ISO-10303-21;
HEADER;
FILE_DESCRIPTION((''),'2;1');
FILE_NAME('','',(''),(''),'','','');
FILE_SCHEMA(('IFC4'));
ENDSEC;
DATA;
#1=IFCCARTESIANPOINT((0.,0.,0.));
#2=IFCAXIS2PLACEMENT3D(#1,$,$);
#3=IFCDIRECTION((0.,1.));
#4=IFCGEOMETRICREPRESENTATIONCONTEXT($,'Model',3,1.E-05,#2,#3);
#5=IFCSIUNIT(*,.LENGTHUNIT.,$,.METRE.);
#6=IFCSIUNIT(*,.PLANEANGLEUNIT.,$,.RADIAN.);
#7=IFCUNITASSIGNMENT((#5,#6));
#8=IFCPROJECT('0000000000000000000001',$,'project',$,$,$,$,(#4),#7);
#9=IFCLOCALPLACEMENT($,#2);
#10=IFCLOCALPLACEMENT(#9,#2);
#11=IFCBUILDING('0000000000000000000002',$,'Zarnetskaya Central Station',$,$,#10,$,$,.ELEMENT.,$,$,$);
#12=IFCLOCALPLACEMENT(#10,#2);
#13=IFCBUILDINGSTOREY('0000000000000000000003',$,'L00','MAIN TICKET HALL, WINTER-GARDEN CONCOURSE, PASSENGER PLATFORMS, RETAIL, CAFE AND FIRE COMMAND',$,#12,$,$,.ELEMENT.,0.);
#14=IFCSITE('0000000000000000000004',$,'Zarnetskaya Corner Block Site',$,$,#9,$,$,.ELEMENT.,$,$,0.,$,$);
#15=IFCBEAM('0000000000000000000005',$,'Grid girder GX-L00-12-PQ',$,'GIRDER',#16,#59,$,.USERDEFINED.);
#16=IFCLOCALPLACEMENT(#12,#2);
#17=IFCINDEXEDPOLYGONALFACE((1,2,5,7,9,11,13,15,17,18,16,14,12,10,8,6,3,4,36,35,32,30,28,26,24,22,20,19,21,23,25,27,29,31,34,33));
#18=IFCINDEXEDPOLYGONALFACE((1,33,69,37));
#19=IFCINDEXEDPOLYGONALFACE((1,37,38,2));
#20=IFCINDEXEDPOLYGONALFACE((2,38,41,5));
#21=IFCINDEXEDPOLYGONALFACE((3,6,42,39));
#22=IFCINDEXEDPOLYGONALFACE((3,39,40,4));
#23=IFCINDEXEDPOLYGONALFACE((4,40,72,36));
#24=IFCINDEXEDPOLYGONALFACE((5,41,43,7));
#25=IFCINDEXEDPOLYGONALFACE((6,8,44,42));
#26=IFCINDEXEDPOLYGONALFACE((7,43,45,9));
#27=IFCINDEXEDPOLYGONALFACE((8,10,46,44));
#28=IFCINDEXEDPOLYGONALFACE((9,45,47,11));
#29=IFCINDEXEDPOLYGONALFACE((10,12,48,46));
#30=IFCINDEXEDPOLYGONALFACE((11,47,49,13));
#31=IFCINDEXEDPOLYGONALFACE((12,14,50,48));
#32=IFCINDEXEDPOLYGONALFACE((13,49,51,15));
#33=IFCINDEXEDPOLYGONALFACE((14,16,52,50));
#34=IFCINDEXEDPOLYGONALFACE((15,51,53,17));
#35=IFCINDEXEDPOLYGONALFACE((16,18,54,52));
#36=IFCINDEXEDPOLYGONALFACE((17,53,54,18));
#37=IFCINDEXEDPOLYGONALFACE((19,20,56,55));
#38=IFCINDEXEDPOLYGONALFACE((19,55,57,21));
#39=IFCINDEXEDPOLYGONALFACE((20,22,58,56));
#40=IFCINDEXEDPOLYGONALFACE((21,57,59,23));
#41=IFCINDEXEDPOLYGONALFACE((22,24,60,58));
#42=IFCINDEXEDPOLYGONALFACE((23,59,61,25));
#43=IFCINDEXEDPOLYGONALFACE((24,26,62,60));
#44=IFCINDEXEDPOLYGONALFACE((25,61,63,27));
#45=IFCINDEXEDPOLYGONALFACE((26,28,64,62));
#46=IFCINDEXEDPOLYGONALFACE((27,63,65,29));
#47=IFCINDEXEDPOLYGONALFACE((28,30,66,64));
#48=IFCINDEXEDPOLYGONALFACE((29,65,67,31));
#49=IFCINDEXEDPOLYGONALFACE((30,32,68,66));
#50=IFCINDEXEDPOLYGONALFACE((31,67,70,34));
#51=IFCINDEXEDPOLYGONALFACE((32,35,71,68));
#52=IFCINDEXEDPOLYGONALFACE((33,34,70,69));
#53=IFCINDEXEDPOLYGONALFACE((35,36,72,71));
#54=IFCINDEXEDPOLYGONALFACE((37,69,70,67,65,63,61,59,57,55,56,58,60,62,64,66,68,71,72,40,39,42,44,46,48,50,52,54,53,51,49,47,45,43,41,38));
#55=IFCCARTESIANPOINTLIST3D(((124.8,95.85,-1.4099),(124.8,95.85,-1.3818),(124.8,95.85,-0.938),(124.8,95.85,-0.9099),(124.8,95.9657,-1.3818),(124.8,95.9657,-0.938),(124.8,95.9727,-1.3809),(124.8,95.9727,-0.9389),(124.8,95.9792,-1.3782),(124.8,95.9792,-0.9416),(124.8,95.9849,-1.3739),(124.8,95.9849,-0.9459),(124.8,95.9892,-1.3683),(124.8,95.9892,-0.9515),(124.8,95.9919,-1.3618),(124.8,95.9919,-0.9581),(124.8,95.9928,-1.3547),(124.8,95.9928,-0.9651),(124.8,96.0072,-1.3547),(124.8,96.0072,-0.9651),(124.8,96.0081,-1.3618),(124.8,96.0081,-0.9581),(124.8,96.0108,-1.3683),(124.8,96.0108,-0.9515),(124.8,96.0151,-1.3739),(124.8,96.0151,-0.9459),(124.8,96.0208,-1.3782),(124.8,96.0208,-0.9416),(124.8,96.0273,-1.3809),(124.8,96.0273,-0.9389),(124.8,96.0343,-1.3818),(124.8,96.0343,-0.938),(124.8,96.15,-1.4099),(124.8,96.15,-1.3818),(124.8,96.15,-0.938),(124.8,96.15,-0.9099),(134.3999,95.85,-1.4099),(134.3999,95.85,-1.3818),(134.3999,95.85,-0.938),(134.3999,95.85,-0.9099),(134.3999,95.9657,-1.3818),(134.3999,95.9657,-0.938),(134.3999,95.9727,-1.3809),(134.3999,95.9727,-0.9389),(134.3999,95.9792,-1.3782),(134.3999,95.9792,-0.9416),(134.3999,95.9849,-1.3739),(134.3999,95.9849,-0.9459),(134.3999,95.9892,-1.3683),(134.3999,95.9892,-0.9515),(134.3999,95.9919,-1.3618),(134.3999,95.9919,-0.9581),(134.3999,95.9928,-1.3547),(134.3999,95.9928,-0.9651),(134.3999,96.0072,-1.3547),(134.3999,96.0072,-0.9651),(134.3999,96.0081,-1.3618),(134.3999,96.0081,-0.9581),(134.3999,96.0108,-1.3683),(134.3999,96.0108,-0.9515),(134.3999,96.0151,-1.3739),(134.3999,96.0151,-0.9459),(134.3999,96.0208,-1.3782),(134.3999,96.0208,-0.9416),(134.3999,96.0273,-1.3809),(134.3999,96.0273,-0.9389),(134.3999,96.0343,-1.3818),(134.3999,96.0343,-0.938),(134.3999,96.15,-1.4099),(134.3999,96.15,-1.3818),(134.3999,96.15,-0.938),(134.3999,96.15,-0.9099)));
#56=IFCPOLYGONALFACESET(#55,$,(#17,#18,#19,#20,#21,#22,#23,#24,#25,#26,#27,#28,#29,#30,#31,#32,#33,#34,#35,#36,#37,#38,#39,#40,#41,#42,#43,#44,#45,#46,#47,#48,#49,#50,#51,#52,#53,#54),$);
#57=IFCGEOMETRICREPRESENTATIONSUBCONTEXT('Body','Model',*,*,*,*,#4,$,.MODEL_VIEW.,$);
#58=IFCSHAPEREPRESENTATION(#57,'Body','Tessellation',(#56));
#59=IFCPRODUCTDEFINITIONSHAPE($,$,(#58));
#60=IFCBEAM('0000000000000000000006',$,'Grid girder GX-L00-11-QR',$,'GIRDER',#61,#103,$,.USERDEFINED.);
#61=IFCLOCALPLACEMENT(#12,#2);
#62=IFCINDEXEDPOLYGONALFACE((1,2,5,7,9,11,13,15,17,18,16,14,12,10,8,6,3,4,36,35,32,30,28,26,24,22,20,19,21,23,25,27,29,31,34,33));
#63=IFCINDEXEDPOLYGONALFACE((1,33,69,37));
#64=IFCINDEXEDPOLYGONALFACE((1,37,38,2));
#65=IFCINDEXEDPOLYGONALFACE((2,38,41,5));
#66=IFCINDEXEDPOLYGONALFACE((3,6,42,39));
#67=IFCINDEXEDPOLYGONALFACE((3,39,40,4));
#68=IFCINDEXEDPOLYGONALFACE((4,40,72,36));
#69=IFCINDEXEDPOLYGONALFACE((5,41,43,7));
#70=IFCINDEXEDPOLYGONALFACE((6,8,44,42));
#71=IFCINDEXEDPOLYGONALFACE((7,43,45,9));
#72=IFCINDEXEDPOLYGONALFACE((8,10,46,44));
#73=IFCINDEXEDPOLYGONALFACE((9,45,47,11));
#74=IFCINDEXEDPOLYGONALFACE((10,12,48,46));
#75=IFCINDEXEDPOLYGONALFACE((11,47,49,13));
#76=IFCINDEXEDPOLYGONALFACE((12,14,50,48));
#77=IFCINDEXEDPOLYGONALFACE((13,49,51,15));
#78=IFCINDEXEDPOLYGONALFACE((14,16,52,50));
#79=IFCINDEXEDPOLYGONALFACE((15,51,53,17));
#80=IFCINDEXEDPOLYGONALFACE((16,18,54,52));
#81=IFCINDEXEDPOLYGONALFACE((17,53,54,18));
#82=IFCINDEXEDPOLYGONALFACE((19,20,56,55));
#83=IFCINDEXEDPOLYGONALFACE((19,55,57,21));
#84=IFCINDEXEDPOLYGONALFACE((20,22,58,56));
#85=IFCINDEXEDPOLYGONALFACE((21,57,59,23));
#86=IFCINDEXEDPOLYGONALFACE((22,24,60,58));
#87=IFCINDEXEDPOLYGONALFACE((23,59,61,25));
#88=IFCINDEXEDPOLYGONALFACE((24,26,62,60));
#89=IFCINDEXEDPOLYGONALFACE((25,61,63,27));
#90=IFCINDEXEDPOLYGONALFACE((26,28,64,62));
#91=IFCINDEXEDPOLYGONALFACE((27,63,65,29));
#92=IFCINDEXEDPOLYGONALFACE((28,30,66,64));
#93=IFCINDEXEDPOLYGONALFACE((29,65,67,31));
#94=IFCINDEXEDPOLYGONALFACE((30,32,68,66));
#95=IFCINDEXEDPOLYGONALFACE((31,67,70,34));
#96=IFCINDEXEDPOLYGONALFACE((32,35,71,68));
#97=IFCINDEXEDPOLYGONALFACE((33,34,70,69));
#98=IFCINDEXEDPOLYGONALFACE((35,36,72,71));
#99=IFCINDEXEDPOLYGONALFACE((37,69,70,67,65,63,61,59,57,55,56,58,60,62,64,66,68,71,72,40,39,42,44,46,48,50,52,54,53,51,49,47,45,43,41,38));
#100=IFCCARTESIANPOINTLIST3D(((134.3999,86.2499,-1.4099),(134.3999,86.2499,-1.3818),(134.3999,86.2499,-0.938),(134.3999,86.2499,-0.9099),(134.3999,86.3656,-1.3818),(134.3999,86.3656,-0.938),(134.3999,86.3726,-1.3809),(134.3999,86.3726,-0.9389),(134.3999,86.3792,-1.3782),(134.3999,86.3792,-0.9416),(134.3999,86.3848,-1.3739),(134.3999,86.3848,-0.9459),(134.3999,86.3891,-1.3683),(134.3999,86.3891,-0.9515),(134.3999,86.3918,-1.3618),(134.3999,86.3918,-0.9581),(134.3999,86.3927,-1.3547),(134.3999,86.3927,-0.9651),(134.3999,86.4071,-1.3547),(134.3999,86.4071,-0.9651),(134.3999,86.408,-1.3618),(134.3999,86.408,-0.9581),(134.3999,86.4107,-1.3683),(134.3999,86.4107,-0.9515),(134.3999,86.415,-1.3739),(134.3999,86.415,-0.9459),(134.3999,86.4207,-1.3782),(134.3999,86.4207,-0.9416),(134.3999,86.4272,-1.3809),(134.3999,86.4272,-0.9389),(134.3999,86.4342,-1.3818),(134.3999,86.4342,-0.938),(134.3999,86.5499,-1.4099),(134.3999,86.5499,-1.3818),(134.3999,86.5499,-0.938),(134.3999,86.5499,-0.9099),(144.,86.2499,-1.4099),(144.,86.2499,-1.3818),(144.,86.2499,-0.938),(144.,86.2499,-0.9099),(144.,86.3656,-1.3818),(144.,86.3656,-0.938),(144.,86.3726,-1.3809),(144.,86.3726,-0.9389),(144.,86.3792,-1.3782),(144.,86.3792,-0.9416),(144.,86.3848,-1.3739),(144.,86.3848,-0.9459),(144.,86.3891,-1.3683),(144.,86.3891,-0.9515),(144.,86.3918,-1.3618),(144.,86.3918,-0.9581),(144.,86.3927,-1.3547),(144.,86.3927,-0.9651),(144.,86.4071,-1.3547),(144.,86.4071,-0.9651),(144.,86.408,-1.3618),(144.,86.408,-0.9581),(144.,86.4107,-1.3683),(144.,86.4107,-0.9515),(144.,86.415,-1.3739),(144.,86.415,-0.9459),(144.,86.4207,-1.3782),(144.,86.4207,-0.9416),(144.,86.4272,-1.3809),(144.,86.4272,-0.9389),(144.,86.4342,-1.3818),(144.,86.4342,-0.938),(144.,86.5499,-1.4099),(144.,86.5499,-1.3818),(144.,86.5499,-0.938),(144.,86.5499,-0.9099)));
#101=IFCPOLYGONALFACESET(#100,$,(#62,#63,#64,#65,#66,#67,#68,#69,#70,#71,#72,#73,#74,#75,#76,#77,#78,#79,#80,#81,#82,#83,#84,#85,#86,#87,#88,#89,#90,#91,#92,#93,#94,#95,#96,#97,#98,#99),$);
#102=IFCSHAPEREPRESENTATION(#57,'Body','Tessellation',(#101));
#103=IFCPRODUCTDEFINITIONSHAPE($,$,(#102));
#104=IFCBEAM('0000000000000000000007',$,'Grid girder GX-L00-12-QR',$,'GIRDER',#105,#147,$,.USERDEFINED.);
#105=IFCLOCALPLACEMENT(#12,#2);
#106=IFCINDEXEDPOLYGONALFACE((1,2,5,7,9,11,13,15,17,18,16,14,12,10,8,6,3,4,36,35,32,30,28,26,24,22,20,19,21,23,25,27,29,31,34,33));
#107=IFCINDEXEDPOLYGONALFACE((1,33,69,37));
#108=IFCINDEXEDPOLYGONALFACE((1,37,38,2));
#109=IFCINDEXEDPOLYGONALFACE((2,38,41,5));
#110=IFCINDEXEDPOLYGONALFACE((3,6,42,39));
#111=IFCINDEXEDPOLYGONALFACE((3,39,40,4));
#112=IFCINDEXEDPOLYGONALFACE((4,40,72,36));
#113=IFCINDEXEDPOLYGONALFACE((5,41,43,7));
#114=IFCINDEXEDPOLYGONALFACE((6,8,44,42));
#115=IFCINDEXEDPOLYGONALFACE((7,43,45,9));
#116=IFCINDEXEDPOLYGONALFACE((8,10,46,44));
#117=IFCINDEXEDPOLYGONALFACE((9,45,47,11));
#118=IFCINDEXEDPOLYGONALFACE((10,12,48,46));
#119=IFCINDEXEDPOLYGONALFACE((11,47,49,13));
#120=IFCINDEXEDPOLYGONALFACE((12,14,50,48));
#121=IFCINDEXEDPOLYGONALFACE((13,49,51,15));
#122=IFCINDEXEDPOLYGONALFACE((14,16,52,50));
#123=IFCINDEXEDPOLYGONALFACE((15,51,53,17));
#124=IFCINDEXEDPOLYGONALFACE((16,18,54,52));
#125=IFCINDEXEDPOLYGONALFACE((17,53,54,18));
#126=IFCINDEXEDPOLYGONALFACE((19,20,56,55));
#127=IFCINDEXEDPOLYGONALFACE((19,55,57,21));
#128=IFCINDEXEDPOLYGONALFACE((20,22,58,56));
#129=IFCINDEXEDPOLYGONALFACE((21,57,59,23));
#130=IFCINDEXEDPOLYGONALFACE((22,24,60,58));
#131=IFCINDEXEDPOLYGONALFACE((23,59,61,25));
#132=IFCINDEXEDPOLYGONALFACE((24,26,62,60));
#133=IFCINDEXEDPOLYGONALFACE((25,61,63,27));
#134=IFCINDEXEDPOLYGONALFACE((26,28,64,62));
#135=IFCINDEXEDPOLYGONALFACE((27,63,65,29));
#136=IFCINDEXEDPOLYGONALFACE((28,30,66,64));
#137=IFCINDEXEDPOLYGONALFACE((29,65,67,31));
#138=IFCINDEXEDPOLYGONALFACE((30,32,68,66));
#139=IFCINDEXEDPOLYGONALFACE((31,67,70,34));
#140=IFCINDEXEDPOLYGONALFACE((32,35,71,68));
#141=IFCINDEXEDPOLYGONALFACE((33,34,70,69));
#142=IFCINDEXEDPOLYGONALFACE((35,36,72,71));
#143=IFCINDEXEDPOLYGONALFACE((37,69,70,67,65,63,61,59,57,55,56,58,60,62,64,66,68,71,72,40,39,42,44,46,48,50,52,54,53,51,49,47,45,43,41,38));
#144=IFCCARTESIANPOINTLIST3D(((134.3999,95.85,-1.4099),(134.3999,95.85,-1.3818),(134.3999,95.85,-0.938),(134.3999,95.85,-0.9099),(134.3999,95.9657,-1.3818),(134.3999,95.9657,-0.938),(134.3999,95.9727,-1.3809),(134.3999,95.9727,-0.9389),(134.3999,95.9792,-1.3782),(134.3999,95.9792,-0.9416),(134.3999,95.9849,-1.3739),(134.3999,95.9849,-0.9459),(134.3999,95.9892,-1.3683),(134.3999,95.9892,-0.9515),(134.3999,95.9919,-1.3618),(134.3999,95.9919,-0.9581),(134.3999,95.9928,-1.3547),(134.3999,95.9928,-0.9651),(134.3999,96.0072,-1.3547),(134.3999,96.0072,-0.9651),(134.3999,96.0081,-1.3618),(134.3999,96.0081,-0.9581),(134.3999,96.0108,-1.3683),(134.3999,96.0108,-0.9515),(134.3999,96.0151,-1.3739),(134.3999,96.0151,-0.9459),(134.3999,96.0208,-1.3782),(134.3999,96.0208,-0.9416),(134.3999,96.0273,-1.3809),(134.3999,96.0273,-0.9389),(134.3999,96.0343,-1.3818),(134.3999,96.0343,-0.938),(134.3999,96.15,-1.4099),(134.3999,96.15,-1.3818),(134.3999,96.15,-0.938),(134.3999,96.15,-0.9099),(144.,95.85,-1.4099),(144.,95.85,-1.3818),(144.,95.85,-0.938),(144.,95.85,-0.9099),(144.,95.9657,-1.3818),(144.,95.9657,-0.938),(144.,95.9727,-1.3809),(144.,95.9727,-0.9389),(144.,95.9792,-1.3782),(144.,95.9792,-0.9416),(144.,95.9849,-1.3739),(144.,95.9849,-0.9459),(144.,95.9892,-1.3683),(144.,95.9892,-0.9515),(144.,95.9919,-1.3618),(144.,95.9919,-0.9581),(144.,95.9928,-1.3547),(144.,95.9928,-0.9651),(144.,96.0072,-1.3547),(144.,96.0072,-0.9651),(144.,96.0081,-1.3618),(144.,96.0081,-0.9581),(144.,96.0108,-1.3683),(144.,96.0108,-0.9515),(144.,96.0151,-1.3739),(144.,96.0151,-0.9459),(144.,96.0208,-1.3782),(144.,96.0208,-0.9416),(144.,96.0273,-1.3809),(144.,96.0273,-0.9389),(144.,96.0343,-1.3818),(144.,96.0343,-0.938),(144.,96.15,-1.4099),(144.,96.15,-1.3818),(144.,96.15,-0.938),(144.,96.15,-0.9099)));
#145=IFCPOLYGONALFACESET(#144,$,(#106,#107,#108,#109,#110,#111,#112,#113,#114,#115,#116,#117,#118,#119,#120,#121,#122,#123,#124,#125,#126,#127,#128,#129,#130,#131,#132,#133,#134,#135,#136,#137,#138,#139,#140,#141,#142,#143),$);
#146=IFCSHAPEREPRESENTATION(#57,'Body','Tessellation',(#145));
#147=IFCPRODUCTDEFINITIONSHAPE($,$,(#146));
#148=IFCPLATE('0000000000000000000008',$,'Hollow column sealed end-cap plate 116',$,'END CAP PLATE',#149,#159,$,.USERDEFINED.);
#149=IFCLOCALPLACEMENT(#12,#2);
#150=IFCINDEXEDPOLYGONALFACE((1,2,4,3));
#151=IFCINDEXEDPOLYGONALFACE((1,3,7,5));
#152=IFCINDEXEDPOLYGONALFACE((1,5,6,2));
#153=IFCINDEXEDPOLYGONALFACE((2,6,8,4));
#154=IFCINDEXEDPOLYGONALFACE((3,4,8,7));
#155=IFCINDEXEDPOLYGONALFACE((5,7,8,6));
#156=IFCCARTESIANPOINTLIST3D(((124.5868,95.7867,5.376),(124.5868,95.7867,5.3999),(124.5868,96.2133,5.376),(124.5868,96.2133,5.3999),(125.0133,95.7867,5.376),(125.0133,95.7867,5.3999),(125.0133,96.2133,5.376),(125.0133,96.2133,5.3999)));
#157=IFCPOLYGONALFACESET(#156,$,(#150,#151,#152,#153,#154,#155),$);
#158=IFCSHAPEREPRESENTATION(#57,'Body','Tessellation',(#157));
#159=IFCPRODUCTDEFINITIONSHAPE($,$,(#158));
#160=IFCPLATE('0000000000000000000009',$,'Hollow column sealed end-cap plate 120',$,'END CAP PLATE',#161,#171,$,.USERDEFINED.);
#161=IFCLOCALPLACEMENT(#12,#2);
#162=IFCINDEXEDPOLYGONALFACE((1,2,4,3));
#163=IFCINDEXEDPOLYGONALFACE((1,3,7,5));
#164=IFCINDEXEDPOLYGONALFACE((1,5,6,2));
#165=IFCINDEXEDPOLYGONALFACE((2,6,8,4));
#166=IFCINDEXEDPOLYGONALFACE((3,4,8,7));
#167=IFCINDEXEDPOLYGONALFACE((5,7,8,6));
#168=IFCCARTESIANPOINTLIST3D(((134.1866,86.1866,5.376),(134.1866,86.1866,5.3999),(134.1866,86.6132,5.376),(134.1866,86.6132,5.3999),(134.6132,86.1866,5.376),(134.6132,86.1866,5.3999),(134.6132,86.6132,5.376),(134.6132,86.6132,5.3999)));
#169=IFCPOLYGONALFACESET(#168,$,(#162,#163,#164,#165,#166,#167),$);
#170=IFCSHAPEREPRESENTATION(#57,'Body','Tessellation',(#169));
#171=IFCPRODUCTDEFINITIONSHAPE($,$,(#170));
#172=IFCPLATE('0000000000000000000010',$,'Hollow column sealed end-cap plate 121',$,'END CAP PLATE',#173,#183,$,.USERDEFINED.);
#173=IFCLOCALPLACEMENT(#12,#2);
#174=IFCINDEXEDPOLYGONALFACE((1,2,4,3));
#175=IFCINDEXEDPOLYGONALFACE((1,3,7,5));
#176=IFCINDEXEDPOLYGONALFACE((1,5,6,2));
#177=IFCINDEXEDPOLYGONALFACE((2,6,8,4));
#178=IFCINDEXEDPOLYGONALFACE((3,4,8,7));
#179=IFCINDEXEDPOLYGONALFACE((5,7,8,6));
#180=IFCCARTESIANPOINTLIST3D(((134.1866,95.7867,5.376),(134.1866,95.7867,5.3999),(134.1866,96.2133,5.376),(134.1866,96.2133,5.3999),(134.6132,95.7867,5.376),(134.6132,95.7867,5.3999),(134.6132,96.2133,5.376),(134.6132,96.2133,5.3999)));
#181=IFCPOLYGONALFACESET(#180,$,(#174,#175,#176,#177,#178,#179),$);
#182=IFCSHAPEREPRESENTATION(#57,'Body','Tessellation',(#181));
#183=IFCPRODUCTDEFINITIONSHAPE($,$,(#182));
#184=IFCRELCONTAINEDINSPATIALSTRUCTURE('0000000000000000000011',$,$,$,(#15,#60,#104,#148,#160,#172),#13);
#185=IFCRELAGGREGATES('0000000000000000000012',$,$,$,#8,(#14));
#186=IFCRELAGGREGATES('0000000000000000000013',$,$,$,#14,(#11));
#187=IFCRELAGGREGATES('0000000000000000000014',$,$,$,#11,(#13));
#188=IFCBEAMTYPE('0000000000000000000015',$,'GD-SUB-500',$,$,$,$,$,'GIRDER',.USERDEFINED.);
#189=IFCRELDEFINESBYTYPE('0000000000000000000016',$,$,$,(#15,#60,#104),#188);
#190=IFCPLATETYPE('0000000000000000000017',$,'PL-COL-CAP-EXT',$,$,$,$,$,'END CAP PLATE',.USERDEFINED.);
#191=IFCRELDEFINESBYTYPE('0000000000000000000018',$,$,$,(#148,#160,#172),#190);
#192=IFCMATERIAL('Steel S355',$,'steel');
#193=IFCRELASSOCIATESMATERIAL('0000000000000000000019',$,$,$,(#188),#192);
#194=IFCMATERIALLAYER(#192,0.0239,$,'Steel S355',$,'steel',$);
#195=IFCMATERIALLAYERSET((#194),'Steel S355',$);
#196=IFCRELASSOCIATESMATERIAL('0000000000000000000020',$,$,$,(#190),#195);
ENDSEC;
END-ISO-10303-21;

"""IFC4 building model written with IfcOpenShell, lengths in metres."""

from ifc_helpers import new_model, si_unit, direction, frame, origin, origin_2d, place, context, subcontext, project, spatial, rectangle, i_section, extrude, material, layer, layer_set, material_profile, profile_set, type_object, element, save


model = new_model("IFC4")

# Units and contexts
model_context = context("Model", 3, precision=1e-05, world=origin(), true_north=direction((0.0, 1.0)))
body_context = subcontext(model_context, "Body", "Model", "MODEL_VIEW")
ifc_project = project(units=[si_unit("LENGTHUNIT", "METRE"), si_unit("PLANEANGLEUNIT", "RADIAN")], contexts=[model_context])

# Site, building, storey
site_placement = place(None, origin())
site = spatial("IfcSite", under=ifc_project, at=site_placement, Name="Zarnetskaya Corner Block Site", CompositionType="ELEMENT", RefElevation=0.0)
building_placement = place(site_placement, origin())
building = spatial("IfcBuilding", under=site, at=building_placement, Name="Zarnetskaya Central Station", CompositionType="ELEMENT")
storey_placement = place(building_placement, origin())
storey = spatial("IfcBuildingStorey", under=building, at=storey_placement, Name="L00", Description="MAIN TICKET HALL, WINTER-GARDEN CONCOURSE, PASSENGER PLATFORMS, RETAIL, CAFE AND FIRE COMMAND", CompositionType="ELEMENT", Elevation=0.0)

# Shared definitions
ifc_material = material(Name="Steel S355", Category="steel")

# Beams
ifc_material_profile_1 = material_profile(ifc_material, i_section(OverallWidth=0.3, OverallDepth=0.5, WebThickness=0.0144, FlangeThickness=0.0281, FilletRadius=0.0271, at=origin_2d()), Name="HEB 500")
ifc_profile_set_1 = profile_set([ifc_material_profile_1], Name="Steel S355")
beam_type_1 = type_object("IfcBeamType", Name="GD-SUB-500", ElementType="GIRDER", PredefinedType="USERDEFINED", material=ifc_profile_set_1)
for number, where, z_axis, x_axis, name in (
    (1, (124.8, 96.0, -1.1599), (1.0, 0.0, 0.0), (0.0, 1.0, 0.0), "Grid girder GX-L00-12-PQ"),
):
    element("IfcBeam", number, at=place(storey_placement, frame(where, z_axis=z_axis, x_axis=x_axis)), inside=storey, type_object=beam_type_1, Name=name, ObjectType="GIRDER", PredefinedType="USERDEFINED", context=body_context, shape_type="SweptSolid", body=[
        extrude(i_section(OverallWidth=0.3, OverallDepth=0.5, WebThickness=0.0144, FlangeThickness=0.0281, FilletRadius=0.0271, at=origin_2d()), origin(), (0.0, 0.0, 1.0), 9.5999),
    ])
for number, where, z_axis, x_axis, name in (
    (2, (134.3999, 86.3999, -1.1599), (1.0, 0.0, 0.0), (0.0, 1.0, 0.0), "Grid girder GX-L00-11-QR"),
    (3, (134.3999, 96.0, -1.1599), (1.0, 0.0, 0.0), (0.0, 1.0, 0.0), "Grid girder GX-L00-12-QR"),
):
    element("IfcBeam", number, at=place(storey_placement, frame(where, z_axis=z_axis, x_axis=x_axis)), inside=storey, type_object=beam_type_1, Name=name, ObjectType="GIRDER", PredefinedType="USERDEFINED", context=body_context, shape_type="SweptSolid", body=[
        extrude(i_section(OverallWidth=0.3, OverallDepth=0.5, WebThickness=0.0144, FlangeThickness=0.0281, FilletRadius=0.0271, at=origin_2d()), origin(), (0.0, 0.0, 1.0), 9.6001),
    ])

# Plates
ifc_layer = layer(ifc_material, 0.0239, Name="Steel S355", Category="steel")
ifc_layer_set = layer_set([ifc_layer], Name="Steel S355")
plate_type = type_object("IfcPlateType", Name="PL-COL-CAP-EXT", ElementType="END CAP PLATE", PredefinedType="USERDEFINED", material=ifc_layer_set)
for number, where, z_axis, x_axis, name in (
    (4, (124.8, 96.0, 5.376), (0.0, 0.0, 1.0), (1.0, 0.0, 0.0), "Hollow column sealed end-cap plate 116"),
    (5, (134.3999, 86.3999, 5.376), (0.0, 0.0, 1.0), (1.0, 0.0, 0.0), "Hollow column sealed end-cap plate 120"),
    (6, (134.3999, 96.0, 5.376), (0.0, 0.0, 1.0), (1.0, 0.0, 0.0), "Hollow column sealed end-cap plate 121"),
):
    element("IfcPlate", number, at=place(storey_placement, frame(where, z_axis=z_axis, x_axis=x_axis)), inside=storey, type_object=plate_type, Name=name, ObjectType="END CAP PLATE", PredefinedType="USERDEFINED", context=body_context, shape_type="SweptSolid", body=[
        extrude(rectangle(XDim=0.4265, YDim=0.4265, at=origin_2d()), origin(), (0.0, 0.0, 1.0), 0.0239),
    ])

save(model, "model.ifc")
